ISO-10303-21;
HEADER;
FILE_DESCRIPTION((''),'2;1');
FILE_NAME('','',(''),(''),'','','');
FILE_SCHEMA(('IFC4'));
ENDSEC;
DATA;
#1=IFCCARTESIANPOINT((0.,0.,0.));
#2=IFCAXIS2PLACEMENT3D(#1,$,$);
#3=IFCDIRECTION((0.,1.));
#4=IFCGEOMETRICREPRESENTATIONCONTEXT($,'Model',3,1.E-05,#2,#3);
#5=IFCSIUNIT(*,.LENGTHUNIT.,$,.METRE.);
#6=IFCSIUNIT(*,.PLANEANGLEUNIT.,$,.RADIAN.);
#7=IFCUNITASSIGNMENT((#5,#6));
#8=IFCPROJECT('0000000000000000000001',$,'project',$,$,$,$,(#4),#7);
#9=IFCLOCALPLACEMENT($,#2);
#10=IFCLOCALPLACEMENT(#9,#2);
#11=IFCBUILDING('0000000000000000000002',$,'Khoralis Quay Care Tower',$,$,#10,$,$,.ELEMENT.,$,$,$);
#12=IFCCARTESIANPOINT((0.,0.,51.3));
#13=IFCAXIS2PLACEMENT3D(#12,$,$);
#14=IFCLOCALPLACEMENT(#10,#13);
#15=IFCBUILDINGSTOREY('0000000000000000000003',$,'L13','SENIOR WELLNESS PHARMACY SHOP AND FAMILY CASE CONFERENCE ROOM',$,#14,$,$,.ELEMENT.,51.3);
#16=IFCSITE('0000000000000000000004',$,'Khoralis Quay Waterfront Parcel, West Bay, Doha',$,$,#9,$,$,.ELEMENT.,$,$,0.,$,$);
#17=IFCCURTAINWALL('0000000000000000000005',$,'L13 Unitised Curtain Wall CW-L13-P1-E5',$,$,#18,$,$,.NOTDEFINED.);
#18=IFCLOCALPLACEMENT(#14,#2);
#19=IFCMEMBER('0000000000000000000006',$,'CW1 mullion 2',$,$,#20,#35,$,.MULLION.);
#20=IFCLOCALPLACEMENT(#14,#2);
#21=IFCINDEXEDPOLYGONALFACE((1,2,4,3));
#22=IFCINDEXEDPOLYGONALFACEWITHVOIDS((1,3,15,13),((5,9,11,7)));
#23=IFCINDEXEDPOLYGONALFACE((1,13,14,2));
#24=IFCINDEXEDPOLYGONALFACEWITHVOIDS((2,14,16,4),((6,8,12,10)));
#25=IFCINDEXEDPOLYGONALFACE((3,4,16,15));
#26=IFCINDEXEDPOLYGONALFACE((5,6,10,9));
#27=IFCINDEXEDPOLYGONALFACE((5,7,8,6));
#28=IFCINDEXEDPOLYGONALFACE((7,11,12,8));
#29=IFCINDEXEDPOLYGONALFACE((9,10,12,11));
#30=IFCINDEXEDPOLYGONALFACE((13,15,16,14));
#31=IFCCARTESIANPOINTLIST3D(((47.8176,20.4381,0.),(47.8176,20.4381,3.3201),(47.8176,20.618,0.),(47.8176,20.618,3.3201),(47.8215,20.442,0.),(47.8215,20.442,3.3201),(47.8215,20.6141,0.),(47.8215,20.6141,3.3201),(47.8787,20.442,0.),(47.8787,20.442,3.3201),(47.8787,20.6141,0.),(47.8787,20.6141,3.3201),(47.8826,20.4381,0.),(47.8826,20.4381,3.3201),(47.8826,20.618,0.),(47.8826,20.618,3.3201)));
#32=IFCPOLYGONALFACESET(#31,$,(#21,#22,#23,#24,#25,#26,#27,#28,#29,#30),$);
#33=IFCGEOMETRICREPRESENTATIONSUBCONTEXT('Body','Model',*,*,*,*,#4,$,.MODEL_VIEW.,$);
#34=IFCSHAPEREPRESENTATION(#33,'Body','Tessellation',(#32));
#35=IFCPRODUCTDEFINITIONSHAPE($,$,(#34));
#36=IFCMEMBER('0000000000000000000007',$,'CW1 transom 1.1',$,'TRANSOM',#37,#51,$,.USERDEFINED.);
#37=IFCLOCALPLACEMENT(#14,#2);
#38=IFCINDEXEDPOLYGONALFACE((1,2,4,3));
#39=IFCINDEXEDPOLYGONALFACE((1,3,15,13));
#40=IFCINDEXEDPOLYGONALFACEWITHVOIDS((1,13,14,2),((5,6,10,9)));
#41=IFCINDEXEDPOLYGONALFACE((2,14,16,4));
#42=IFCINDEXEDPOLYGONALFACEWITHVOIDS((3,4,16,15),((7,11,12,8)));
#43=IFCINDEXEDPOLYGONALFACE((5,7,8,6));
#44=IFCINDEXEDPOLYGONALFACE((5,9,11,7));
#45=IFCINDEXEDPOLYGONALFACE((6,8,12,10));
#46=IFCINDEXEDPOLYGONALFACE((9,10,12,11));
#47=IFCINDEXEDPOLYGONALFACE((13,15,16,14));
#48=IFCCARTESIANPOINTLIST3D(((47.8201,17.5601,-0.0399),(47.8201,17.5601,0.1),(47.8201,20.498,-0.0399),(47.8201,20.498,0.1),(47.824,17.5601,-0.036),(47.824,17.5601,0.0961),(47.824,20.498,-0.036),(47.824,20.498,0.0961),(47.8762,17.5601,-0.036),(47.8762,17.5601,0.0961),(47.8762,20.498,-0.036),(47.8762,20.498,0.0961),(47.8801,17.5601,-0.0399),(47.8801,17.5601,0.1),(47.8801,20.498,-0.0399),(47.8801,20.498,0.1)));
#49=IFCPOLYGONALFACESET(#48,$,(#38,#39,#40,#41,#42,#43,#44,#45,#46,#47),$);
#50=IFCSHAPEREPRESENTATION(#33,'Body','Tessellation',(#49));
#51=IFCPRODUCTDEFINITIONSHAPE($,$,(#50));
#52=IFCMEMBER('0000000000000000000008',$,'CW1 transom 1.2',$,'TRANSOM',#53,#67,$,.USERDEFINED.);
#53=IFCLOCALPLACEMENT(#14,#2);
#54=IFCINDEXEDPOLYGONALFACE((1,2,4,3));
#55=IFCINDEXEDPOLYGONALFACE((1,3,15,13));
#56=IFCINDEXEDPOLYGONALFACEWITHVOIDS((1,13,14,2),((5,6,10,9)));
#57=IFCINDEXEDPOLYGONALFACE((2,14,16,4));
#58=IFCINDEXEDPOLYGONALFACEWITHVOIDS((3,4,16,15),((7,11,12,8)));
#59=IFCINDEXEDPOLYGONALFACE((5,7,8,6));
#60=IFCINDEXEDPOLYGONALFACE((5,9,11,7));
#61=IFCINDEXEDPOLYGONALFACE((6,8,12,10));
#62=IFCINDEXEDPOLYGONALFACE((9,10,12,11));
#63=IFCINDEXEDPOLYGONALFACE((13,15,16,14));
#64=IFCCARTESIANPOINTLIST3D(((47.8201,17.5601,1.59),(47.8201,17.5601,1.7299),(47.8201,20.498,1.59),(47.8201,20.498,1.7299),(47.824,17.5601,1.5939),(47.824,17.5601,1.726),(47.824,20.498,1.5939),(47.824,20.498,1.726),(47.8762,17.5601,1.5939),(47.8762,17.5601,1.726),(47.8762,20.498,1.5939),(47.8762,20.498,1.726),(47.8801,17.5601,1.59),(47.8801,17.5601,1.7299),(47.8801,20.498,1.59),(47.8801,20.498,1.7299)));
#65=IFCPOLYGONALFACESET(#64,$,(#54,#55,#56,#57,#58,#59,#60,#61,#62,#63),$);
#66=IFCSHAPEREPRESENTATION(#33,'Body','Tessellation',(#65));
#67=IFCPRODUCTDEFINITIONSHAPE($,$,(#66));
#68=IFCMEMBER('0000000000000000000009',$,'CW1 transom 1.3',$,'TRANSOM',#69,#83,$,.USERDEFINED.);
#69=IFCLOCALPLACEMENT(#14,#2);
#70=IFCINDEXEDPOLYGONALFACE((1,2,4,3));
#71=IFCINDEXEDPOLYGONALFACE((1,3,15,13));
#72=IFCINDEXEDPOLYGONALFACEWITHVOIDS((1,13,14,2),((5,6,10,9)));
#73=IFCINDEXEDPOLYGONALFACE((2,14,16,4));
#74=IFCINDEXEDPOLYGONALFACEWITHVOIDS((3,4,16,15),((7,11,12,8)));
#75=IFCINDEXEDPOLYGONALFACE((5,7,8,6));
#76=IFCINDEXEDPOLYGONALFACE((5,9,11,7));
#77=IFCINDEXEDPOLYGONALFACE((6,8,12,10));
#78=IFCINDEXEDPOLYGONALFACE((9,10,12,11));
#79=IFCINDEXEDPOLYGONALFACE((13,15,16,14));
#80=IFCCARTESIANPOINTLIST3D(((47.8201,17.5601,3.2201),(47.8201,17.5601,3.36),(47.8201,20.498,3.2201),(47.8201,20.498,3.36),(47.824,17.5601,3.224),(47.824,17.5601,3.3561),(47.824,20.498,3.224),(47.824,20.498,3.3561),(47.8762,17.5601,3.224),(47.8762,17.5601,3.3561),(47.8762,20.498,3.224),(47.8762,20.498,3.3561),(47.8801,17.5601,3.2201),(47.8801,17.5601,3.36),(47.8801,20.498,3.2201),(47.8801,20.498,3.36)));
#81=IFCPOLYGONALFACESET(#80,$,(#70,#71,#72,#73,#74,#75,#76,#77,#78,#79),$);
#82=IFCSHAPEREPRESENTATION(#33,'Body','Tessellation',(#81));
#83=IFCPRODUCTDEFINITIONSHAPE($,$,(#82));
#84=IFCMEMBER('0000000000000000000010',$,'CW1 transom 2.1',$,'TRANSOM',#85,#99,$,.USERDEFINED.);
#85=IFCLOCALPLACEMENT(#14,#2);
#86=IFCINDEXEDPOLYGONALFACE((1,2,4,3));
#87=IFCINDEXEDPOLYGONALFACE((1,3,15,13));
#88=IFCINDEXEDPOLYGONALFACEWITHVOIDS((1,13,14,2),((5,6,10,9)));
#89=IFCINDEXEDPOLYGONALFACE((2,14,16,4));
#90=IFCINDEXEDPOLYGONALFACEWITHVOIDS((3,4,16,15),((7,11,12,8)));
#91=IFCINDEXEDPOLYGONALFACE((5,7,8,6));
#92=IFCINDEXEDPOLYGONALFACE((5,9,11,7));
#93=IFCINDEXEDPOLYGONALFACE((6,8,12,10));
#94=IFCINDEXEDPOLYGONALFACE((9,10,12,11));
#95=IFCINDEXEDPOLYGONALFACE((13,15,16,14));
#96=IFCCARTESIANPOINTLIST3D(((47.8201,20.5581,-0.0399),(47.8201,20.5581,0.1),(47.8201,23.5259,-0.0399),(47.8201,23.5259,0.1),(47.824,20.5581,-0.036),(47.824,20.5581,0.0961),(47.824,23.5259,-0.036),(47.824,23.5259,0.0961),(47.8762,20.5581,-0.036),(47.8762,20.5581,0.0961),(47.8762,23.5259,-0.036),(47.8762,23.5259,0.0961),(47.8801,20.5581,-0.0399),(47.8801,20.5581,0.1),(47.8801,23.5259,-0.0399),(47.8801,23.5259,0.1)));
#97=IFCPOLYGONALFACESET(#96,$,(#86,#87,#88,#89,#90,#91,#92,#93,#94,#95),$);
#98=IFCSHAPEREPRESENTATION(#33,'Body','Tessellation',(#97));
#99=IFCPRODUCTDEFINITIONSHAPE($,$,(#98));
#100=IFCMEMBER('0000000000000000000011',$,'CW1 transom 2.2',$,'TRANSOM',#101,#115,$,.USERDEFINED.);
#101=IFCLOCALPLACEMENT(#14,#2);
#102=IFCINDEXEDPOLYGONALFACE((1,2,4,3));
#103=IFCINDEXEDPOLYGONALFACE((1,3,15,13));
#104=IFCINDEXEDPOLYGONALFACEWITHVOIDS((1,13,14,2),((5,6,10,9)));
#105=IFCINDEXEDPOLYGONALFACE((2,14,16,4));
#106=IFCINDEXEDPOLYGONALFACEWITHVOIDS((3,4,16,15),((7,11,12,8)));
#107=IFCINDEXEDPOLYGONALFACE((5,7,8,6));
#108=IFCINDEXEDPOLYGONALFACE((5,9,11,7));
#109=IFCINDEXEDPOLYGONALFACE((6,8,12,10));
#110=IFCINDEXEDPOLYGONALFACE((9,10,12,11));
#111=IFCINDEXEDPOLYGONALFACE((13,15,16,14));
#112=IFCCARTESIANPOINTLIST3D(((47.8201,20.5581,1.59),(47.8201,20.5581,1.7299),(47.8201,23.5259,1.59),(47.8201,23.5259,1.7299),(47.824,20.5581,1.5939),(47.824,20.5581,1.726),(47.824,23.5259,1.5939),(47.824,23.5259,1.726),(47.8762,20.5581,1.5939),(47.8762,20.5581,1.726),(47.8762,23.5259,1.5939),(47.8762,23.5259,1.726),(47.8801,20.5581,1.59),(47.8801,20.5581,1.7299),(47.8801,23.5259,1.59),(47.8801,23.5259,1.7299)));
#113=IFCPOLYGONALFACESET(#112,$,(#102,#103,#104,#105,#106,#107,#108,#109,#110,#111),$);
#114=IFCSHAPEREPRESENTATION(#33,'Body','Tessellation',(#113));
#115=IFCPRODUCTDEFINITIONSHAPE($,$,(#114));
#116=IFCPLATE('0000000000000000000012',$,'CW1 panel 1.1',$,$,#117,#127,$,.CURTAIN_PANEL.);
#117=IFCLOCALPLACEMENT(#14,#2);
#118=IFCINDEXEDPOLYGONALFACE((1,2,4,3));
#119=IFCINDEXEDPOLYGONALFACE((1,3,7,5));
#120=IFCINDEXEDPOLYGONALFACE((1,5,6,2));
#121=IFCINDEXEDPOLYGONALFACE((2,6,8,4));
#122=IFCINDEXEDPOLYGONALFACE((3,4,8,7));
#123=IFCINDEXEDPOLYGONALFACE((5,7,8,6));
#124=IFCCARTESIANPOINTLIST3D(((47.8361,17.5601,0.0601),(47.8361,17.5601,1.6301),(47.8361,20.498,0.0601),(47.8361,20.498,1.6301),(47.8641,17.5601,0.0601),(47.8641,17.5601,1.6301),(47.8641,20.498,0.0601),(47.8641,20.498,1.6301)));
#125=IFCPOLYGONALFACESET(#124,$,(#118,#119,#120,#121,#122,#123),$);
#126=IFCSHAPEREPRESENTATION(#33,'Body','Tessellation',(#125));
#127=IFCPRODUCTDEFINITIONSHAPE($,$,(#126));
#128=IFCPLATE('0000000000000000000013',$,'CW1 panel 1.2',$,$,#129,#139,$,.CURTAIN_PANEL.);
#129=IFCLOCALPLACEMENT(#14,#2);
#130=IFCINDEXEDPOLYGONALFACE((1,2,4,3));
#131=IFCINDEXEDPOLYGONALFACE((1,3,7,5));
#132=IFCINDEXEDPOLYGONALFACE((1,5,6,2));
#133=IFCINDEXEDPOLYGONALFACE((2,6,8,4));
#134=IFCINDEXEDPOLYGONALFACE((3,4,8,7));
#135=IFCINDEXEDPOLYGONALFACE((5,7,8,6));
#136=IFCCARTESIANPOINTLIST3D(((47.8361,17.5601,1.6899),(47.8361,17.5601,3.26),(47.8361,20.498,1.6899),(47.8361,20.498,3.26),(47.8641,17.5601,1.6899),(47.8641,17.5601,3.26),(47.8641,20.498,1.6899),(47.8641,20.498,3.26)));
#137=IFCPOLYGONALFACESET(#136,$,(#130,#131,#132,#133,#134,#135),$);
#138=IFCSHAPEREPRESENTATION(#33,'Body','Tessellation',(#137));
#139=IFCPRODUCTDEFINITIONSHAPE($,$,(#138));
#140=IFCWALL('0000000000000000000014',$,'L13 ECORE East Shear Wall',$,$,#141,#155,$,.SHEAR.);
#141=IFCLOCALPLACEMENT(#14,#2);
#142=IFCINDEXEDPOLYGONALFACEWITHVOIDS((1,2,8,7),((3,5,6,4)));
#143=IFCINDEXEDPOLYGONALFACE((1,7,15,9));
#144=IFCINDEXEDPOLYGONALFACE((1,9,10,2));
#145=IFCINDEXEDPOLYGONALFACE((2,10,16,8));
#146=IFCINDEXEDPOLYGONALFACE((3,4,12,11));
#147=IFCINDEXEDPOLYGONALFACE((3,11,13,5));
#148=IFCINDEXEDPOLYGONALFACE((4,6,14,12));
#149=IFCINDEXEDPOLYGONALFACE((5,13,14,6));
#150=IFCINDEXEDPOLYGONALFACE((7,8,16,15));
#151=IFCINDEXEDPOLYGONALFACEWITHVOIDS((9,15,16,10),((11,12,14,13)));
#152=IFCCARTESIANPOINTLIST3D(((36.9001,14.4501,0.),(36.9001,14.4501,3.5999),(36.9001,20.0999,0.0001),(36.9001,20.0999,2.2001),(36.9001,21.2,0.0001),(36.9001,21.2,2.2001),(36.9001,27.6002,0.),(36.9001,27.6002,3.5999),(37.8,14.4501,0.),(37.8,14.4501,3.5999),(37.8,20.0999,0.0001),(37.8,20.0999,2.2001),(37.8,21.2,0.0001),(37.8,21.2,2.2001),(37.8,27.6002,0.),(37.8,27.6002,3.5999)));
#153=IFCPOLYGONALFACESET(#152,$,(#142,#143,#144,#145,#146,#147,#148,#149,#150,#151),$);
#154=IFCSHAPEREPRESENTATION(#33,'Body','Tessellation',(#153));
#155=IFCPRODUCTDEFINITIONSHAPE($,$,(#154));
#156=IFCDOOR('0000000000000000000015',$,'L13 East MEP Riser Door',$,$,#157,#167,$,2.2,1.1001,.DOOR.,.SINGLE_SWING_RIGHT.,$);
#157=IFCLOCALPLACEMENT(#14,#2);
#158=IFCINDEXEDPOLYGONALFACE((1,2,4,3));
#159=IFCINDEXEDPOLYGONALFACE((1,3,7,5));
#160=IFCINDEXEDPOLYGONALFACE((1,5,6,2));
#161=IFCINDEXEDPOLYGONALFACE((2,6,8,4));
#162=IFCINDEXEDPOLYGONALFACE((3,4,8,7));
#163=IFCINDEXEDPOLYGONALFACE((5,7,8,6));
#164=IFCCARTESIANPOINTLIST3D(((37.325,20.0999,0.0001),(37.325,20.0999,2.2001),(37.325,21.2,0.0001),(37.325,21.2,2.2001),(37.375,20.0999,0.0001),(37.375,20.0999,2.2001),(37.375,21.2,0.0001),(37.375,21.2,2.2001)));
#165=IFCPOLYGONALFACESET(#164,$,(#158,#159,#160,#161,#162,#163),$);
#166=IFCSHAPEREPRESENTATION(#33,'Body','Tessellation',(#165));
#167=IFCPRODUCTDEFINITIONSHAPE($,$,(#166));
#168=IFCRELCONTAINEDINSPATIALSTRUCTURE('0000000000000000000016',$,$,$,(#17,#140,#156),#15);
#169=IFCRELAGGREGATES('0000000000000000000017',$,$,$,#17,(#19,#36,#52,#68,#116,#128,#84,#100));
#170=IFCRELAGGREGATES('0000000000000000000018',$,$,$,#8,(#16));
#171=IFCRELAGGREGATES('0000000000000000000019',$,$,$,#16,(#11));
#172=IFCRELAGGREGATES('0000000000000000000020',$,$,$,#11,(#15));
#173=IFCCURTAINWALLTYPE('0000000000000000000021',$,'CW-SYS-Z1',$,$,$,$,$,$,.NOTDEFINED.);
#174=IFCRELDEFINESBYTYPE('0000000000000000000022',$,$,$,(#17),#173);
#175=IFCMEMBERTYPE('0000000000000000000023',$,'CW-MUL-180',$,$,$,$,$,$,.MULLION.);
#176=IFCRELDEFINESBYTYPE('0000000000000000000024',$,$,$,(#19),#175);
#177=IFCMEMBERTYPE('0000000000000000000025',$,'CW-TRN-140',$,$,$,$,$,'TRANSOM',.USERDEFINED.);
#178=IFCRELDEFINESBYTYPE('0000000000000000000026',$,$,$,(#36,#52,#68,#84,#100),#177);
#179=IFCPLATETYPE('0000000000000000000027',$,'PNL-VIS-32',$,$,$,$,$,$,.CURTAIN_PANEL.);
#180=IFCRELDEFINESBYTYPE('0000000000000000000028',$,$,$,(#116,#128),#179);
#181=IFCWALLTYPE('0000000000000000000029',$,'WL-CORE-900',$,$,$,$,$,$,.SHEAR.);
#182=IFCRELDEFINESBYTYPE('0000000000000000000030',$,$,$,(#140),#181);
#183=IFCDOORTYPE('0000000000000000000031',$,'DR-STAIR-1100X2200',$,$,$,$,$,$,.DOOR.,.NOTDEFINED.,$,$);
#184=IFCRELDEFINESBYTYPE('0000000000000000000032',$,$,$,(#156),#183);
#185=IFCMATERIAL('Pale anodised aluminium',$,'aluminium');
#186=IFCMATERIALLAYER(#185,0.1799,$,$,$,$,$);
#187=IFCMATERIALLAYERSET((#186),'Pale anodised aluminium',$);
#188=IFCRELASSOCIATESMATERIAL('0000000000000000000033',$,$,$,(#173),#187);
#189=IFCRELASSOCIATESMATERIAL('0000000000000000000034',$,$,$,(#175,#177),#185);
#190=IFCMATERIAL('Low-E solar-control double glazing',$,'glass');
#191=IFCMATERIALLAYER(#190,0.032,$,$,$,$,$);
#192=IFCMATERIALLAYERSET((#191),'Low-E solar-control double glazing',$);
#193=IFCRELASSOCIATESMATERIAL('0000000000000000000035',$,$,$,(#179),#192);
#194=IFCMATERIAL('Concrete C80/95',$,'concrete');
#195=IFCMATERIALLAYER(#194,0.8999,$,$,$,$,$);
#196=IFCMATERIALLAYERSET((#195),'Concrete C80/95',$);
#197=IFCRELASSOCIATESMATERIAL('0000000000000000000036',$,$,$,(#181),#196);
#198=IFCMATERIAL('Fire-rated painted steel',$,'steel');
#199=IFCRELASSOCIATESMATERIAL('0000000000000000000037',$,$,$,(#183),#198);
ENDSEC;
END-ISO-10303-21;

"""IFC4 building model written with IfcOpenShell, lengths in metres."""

from ifc_helpers import new_model, si_unit, direction, frame, frame_2d, origin, origin_2d, place, context, subcontext, project, spatial, rectangle, hollow_rectangle, extrude, source, transform, mapped, material, layer, layer_set, material_profile, profile_set, type_object, element, fill, aggregate, save


model = new_model("IFC4")

# Units and contexts
model_context = context("Model", 3, precision=1e-05, world=origin(), true_north=direction((0.0, 1.0)))
body_context = subcontext(model_context, "Body", "Model", "MODEL_VIEW")
ifc_project = project(units=[si_unit("LENGTHUNIT", "METRE"), si_unit("PLANEANGLEUNIT", "RADIAN")], contexts=[model_context])

# Site, building, storey
site_placement = place(None, origin())
site = spatial("IfcSite", under=ifc_project, at=site_placement, Name="Khoralis Quay Waterfront Parcel, West Bay, Doha", CompositionType="ELEMENT", RefElevation=0.0)
building_placement = place(site_placement, origin())
building = spatial("IfcBuilding", under=site, at=building_placement, Name="Khoralis Quay Care Tower", CompositionType="ELEMENT")
storey_placement = place(building_placement, frame((0.0, 0.0, 51.3)))
storey = spatial("IfcBuildingStorey", under=building, at=storey_placement, Name="L13", Description="SENIOR WELLNESS PHARMACY SHOP AND FAMILY CASE CONFERENCE ROOM", CompositionType="ELEMENT", Elevation=51.3)

# Shared definitions
ifc_material_1 = material(Name="Concrete C80/95", Category="concrete")

# Curtain wall, members, plates
ifc_material_2 = material(Name="Pale anodised aluminium", Category="aluminium")
ifc_layer_1 = layer(ifc_material_2, 0.1799)
ifc_layer_set_1 = layer_set([ifc_layer_1], Name="Pale anodised aluminium")
curtain_wall_type = type_object("IfcCurtainWallType", Name="CW-SYS-Z1", PredefinedType="NOTDEFINED", material=ifc_layer_set_1)
curtain_wall_placement = place(storey_placement, origin())
curtain_wall = element("IfcCurtainWall", 1, at=curtain_wall_placement, inside=storey, type_object=curtain_wall_type, Name="L13 Unitised Curtain Wall CW-L13-P1-E5", PredefinedType="NOTDEFINED")
ifc_material_profile_1 = material_profile(ifc_material_2, hollow_rectangle(XDim=0.0649, YDim=0.1799, WallThickness=0.0039, at=origin_2d()), Name="Pale anodised aluminium")
ifc_profile_set_1 = profile_set([ifc_material_profile_1], Name="Pale anodised aluminium")
member_type_1 = type_object("IfcMemberType", Name="CW-MUL-180", PredefinedType="MULLION", material=ifc_profile_set_1)
shared_shape_1 = source(origin(), body_context, "Body", "SweptSolid", [
    extrude(hollow_rectangle(XDim=0.0649, YDim=0.1799, WallThickness=0.0039, at=origin_2d()), origin(), (0.0, 0.0, 1.0), 3.3201),
])
member_1_placement = place(storey_placement, frame((47.8501, 20.5281, 0.0), z_axis=(0.0, 0.0, 1.0), x_axis=(-1.0, 0.0, 0.0)))
member_1 = element("IfcMember", 2, at=member_1_placement, type_object=member_type_1, Name="CW1 mullion 2", PredefinedType="MULLION", context=body_context, shape_type="MappedRepresentation", body=[
    mapped(shared_shape_1, transform((0.0, 0.0, 0.0), scale=1.0)),
])
ifc_material_profile_2 = material_profile(ifc_material_2, hollow_rectangle(XDim=0.0601, YDim=0.1399, WallThickness=0.0039, at=origin_2d()), Name="Pale anodised aluminium")
ifc_profile_set_2 = profile_set([ifc_material_profile_2], Name="Pale anodised aluminium")
member_type_2 = type_object("IfcMemberType", Name="CW-TRN-140", ElementType="TRANSOM", PredefinedType="USERDEFINED", material=ifc_profile_set_2)
shared_shape_2 = source(origin(), body_context, "Body", "SweptSolid", [
    extrude(hollow_rectangle(XDim=0.0601, YDim=0.1399, WallThickness=0.0039, at=origin_2d()), origin(), (0.0, 0.0, 1.0), 2.938),
])
member_2_placement = place(storey_placement, frame((47.8501, 17.5601, 0.03), z_axis=(0.0, 1.0, 0.0), x_axis=(-1.0, 0.0, 0.0)))
member_2 = element("IfcMember", 3, at=member_2_placement, type_object=member_type_2, Name="CW1 transom 1.1", ObjectType="TRANSOM", PredefinedType="USERDEFINED", context=body_context, shape_type="MappedRepresentation", body=[
    mapped(shared_shape_2, transform((0.0, 0.0, 0.0), scale=1.0)),
])
member_3_placement = place(storey_placement, frame((47.8501, 17.5601, 1.6599), z_axis=(0.0, 1.0, 0.0), x_axis=(-1.0, 0.0, 0.0)))
member_3 = element("IfcMember", 4, at=member_3_placement, type_object=member_type_2, Name="CW1 transom 1.2", ObjectType="TRANSOM", PredefinedType="USERDEFINED", context=body_context, shape_type="MappedRepresentation", body=[
    mapped(shared_shape_2, transform((0.0, 0.0, 0.0), scale=1.0)),
])
member_4_placement = place(storey_placement, frame((47.8501, 17.5601, 3.29), z_axis=(0.0, 1.0, 0.0), x_axis=(-1.0, 0.0, 0.0)))
member_4 = element("IfcMember", 5, at=member_4_placement, type_object=member_type_2, Name="CW1 transom 1.3", ObjectType="TRANSOM", PredefinedType="USERDEFINED", context=body_context, shape_type="MappedRepresentation", body=[
    mapped(shared_shape_2, transform((0.0, 0.0, 0.0), scale=1.0)),
])
shared_shape_3 = source(origin(), body_context, "Body", "SweptSolid", [
    extrude(hollow_rectangle(XDim=0.0601, YDim=0.1399, WallThickness=0.0039, at=origin_2d()), origin(), (0.0, 0.0, 1.0), 2.9678),
])
member_5_placement = place(storey_placement, frame((47.8501, 20.5581, 0.03), z_axis=(0.0, 1.0, 0.0), x_axis=(-1.0, 0.0, 0.0)))
member_5 = element("IfcMember", 6, at=member_5_placement, type_object=member_type_2, Name="CW1 transom 2.1", ObjectType="TRANSOM", PredefinedType="USERDEFINED", context=body_context, shape_type="MappedRepresentation", body=[
    mapped(shared_shape_3, transform((0.0, 0.0, 0.0), scale=1.0)),
])
member_6_placement = place(storey_placement, frame((47.8501, 20.5581, 1.6599), z_axis=(0.0, 1.0, 0.0), x_axis=(-1.0, 0.0, 0.0)))
member_6 = element("IfcMember", 7, at=member_6_placement, type_object=member_type_2, Name="CW1 transom 2.2", ObjectType="TRANSOM", PredefinedType="USERDEFINED", context=body_context, shape_type="MappedRepresentation", body=[
    mapped(shared_shape_3, transform((0.0, 0.0, 0.0), scale=1.0)),
])
ifc_material_3 = material(Name="Low-E solar-control double glazing", Category="glass")
ifc_layer_2 = layer(ifc_material_3, 0.032)
ifc_layer_set_2 = layer_set([ifc_layer_2], Name="Low-E solar-control double glazing")
plate_type = type_object("IfcPlateType", Name="PNL-VIS-32", PredefinedType="CURTAIN_PANEL", material=ifc_layer_set_2)
shared_shape_4 = source(origin(), body_context, "Body", "SweptSolid", [
    extrude(rectangle(XDim=2.938, YDim=0.0281, at=origin_2d()), origin(), (0.0, 0.0, 1.0), 1.5701),
])
plate_1_placement = place(storey_placement, frame((47.8501, 19.0291, 0.0601), z_axis=(0.0, 0.0, 1.0), x_axis=(0.0, 1.0, 0.0)))
plate_1 = element("IfcPlate", 8, at=plate_1_placement, type_object=plate_type, Name="CW1 panel 1.1", PredefinedType="CURTAIN_PANEL", context=body_context, shape_type="MappedRepresentation", body=[
    mapped(shared_shape_4, transform((0.0, 0.0, 0.0), scale=1.0)),
])
plate_2_placement = place(storey_placement, frame((47.8501, 19.0291, 1.6899), z_axis=(0.0, 0.0, 1.0), x_axis=(0.0, 1.0, 0.0)))
plate_2 = element("IfcPlate", 9, at=plate_2_placement, type_object=plate_type, Name="CW1 panel 1.2", PredefinedType="CURTAIN_PANEL", context=body_context, shape_type="MappedRepresentation", body=[
    mapped(shared_shape_4, transform((0.0, 0.0, 0.0), scale=1.0)),
])
aggregate(curtain_wall, [member_1, member_2, member_3, member_4, plate_1, plate_2, member_5, member_6])

# Wall, opening, door
ifc_layer_3 = layer(ifc_material_1, 0.8999)
ifc_layer_set_3 = layer_set([ifc_layer_3], Name="Concrete C80/95")
wall_type_1 = type_object("IfcWallType", Name="WL-CORE-900", PredefinedType="SHEAR", material=ifc_layer_set_3)
wall_1_placement = place(storey_placement, frame((37.3501, 14.45, 0.0), z_axis=(0.0, 0.0, 1.0), x_axis=(0.0, 1.0, 0.0)))
wall_1 = element("IfcWall", 10, at=wall_1_placement, inside=storey, type_object=wall_type_1, Name="L13 ECORE East Shear Wall", PredefinedType="SHEAR", context=body_context, shape_type="SweptSolid", body=[
    extrude(rectangle(XDim=13.1501, YDim=0.8999, at=frame_2d((6.5752, 0.0))), origin(), (0.0, 0.0, 1.0), 3.5999),
])
opening_placement = place(wall_1_placement, frame((5.6499, 0.0, 0.0)))
opening = element("IfcOpeningElement", 11, at=opening_placement, cuts=wall_1, PredefinedType="OPENING", context=body_context, shape_type="SweptSolid", body=[
    extrude(rectangle(XDim=1.1001, YDim=2.2, at=frame_2d((0.55, 1.1001))), frame((0.0, 0.46, 0.0), z_axis=(0.0, -1.0, 0.0), x_axis=(1.0, 0.0, 0.0)), (0.0, 0.0, 1.0), 0.9199),
])
ifc_material_4 = material(Name="Fire-rated painted steel", Category="steel")
door_type = type_object("IfcDoorType", Name="DR-STAIR-1100X2200", OperationType="NOTDEFINED", PredefinedType="DOOR", material=ifc_material_4)
shared_shape_5 = source(origin(), body_context, "Body", "SweptSolid", [
    extrude(rectangle(XDim=1.1001, YDim=2.2, at=frame_2d((0.55, 1.1001))), frame((0.0, 0.0249, 0.0), z_axis=(0.0, -1.0, 0.0), x_axis=(1.0, 0.0, 0.0)), (0.0, 0.0, 1.0), 0.05),
])
door_placement = place(opening_placement, frame((1.1001, 0.0, 0.0), z_axis=(0.0, 0.0, 1.0), x_axis=(-1.0, 0.0, 0.0)))
door = element("IfcDoor", 12, at=door_placement, inside=storey, type_object=door_type, Name="L13 East MEP Riser Door", OperationType="SINGLE_SWING_RIGHT", OverallHeight=2.2, OverallWidth=1.1001, PredefinedType="DOOR", context=body_context, shape_type="MappedRepresentation", body=[
    mapped(shared_shape_5, transform((0.0, 0.0, 0.0), scale=1.0)),
])
fill(opening, door)

save(model, "model.ifc")
